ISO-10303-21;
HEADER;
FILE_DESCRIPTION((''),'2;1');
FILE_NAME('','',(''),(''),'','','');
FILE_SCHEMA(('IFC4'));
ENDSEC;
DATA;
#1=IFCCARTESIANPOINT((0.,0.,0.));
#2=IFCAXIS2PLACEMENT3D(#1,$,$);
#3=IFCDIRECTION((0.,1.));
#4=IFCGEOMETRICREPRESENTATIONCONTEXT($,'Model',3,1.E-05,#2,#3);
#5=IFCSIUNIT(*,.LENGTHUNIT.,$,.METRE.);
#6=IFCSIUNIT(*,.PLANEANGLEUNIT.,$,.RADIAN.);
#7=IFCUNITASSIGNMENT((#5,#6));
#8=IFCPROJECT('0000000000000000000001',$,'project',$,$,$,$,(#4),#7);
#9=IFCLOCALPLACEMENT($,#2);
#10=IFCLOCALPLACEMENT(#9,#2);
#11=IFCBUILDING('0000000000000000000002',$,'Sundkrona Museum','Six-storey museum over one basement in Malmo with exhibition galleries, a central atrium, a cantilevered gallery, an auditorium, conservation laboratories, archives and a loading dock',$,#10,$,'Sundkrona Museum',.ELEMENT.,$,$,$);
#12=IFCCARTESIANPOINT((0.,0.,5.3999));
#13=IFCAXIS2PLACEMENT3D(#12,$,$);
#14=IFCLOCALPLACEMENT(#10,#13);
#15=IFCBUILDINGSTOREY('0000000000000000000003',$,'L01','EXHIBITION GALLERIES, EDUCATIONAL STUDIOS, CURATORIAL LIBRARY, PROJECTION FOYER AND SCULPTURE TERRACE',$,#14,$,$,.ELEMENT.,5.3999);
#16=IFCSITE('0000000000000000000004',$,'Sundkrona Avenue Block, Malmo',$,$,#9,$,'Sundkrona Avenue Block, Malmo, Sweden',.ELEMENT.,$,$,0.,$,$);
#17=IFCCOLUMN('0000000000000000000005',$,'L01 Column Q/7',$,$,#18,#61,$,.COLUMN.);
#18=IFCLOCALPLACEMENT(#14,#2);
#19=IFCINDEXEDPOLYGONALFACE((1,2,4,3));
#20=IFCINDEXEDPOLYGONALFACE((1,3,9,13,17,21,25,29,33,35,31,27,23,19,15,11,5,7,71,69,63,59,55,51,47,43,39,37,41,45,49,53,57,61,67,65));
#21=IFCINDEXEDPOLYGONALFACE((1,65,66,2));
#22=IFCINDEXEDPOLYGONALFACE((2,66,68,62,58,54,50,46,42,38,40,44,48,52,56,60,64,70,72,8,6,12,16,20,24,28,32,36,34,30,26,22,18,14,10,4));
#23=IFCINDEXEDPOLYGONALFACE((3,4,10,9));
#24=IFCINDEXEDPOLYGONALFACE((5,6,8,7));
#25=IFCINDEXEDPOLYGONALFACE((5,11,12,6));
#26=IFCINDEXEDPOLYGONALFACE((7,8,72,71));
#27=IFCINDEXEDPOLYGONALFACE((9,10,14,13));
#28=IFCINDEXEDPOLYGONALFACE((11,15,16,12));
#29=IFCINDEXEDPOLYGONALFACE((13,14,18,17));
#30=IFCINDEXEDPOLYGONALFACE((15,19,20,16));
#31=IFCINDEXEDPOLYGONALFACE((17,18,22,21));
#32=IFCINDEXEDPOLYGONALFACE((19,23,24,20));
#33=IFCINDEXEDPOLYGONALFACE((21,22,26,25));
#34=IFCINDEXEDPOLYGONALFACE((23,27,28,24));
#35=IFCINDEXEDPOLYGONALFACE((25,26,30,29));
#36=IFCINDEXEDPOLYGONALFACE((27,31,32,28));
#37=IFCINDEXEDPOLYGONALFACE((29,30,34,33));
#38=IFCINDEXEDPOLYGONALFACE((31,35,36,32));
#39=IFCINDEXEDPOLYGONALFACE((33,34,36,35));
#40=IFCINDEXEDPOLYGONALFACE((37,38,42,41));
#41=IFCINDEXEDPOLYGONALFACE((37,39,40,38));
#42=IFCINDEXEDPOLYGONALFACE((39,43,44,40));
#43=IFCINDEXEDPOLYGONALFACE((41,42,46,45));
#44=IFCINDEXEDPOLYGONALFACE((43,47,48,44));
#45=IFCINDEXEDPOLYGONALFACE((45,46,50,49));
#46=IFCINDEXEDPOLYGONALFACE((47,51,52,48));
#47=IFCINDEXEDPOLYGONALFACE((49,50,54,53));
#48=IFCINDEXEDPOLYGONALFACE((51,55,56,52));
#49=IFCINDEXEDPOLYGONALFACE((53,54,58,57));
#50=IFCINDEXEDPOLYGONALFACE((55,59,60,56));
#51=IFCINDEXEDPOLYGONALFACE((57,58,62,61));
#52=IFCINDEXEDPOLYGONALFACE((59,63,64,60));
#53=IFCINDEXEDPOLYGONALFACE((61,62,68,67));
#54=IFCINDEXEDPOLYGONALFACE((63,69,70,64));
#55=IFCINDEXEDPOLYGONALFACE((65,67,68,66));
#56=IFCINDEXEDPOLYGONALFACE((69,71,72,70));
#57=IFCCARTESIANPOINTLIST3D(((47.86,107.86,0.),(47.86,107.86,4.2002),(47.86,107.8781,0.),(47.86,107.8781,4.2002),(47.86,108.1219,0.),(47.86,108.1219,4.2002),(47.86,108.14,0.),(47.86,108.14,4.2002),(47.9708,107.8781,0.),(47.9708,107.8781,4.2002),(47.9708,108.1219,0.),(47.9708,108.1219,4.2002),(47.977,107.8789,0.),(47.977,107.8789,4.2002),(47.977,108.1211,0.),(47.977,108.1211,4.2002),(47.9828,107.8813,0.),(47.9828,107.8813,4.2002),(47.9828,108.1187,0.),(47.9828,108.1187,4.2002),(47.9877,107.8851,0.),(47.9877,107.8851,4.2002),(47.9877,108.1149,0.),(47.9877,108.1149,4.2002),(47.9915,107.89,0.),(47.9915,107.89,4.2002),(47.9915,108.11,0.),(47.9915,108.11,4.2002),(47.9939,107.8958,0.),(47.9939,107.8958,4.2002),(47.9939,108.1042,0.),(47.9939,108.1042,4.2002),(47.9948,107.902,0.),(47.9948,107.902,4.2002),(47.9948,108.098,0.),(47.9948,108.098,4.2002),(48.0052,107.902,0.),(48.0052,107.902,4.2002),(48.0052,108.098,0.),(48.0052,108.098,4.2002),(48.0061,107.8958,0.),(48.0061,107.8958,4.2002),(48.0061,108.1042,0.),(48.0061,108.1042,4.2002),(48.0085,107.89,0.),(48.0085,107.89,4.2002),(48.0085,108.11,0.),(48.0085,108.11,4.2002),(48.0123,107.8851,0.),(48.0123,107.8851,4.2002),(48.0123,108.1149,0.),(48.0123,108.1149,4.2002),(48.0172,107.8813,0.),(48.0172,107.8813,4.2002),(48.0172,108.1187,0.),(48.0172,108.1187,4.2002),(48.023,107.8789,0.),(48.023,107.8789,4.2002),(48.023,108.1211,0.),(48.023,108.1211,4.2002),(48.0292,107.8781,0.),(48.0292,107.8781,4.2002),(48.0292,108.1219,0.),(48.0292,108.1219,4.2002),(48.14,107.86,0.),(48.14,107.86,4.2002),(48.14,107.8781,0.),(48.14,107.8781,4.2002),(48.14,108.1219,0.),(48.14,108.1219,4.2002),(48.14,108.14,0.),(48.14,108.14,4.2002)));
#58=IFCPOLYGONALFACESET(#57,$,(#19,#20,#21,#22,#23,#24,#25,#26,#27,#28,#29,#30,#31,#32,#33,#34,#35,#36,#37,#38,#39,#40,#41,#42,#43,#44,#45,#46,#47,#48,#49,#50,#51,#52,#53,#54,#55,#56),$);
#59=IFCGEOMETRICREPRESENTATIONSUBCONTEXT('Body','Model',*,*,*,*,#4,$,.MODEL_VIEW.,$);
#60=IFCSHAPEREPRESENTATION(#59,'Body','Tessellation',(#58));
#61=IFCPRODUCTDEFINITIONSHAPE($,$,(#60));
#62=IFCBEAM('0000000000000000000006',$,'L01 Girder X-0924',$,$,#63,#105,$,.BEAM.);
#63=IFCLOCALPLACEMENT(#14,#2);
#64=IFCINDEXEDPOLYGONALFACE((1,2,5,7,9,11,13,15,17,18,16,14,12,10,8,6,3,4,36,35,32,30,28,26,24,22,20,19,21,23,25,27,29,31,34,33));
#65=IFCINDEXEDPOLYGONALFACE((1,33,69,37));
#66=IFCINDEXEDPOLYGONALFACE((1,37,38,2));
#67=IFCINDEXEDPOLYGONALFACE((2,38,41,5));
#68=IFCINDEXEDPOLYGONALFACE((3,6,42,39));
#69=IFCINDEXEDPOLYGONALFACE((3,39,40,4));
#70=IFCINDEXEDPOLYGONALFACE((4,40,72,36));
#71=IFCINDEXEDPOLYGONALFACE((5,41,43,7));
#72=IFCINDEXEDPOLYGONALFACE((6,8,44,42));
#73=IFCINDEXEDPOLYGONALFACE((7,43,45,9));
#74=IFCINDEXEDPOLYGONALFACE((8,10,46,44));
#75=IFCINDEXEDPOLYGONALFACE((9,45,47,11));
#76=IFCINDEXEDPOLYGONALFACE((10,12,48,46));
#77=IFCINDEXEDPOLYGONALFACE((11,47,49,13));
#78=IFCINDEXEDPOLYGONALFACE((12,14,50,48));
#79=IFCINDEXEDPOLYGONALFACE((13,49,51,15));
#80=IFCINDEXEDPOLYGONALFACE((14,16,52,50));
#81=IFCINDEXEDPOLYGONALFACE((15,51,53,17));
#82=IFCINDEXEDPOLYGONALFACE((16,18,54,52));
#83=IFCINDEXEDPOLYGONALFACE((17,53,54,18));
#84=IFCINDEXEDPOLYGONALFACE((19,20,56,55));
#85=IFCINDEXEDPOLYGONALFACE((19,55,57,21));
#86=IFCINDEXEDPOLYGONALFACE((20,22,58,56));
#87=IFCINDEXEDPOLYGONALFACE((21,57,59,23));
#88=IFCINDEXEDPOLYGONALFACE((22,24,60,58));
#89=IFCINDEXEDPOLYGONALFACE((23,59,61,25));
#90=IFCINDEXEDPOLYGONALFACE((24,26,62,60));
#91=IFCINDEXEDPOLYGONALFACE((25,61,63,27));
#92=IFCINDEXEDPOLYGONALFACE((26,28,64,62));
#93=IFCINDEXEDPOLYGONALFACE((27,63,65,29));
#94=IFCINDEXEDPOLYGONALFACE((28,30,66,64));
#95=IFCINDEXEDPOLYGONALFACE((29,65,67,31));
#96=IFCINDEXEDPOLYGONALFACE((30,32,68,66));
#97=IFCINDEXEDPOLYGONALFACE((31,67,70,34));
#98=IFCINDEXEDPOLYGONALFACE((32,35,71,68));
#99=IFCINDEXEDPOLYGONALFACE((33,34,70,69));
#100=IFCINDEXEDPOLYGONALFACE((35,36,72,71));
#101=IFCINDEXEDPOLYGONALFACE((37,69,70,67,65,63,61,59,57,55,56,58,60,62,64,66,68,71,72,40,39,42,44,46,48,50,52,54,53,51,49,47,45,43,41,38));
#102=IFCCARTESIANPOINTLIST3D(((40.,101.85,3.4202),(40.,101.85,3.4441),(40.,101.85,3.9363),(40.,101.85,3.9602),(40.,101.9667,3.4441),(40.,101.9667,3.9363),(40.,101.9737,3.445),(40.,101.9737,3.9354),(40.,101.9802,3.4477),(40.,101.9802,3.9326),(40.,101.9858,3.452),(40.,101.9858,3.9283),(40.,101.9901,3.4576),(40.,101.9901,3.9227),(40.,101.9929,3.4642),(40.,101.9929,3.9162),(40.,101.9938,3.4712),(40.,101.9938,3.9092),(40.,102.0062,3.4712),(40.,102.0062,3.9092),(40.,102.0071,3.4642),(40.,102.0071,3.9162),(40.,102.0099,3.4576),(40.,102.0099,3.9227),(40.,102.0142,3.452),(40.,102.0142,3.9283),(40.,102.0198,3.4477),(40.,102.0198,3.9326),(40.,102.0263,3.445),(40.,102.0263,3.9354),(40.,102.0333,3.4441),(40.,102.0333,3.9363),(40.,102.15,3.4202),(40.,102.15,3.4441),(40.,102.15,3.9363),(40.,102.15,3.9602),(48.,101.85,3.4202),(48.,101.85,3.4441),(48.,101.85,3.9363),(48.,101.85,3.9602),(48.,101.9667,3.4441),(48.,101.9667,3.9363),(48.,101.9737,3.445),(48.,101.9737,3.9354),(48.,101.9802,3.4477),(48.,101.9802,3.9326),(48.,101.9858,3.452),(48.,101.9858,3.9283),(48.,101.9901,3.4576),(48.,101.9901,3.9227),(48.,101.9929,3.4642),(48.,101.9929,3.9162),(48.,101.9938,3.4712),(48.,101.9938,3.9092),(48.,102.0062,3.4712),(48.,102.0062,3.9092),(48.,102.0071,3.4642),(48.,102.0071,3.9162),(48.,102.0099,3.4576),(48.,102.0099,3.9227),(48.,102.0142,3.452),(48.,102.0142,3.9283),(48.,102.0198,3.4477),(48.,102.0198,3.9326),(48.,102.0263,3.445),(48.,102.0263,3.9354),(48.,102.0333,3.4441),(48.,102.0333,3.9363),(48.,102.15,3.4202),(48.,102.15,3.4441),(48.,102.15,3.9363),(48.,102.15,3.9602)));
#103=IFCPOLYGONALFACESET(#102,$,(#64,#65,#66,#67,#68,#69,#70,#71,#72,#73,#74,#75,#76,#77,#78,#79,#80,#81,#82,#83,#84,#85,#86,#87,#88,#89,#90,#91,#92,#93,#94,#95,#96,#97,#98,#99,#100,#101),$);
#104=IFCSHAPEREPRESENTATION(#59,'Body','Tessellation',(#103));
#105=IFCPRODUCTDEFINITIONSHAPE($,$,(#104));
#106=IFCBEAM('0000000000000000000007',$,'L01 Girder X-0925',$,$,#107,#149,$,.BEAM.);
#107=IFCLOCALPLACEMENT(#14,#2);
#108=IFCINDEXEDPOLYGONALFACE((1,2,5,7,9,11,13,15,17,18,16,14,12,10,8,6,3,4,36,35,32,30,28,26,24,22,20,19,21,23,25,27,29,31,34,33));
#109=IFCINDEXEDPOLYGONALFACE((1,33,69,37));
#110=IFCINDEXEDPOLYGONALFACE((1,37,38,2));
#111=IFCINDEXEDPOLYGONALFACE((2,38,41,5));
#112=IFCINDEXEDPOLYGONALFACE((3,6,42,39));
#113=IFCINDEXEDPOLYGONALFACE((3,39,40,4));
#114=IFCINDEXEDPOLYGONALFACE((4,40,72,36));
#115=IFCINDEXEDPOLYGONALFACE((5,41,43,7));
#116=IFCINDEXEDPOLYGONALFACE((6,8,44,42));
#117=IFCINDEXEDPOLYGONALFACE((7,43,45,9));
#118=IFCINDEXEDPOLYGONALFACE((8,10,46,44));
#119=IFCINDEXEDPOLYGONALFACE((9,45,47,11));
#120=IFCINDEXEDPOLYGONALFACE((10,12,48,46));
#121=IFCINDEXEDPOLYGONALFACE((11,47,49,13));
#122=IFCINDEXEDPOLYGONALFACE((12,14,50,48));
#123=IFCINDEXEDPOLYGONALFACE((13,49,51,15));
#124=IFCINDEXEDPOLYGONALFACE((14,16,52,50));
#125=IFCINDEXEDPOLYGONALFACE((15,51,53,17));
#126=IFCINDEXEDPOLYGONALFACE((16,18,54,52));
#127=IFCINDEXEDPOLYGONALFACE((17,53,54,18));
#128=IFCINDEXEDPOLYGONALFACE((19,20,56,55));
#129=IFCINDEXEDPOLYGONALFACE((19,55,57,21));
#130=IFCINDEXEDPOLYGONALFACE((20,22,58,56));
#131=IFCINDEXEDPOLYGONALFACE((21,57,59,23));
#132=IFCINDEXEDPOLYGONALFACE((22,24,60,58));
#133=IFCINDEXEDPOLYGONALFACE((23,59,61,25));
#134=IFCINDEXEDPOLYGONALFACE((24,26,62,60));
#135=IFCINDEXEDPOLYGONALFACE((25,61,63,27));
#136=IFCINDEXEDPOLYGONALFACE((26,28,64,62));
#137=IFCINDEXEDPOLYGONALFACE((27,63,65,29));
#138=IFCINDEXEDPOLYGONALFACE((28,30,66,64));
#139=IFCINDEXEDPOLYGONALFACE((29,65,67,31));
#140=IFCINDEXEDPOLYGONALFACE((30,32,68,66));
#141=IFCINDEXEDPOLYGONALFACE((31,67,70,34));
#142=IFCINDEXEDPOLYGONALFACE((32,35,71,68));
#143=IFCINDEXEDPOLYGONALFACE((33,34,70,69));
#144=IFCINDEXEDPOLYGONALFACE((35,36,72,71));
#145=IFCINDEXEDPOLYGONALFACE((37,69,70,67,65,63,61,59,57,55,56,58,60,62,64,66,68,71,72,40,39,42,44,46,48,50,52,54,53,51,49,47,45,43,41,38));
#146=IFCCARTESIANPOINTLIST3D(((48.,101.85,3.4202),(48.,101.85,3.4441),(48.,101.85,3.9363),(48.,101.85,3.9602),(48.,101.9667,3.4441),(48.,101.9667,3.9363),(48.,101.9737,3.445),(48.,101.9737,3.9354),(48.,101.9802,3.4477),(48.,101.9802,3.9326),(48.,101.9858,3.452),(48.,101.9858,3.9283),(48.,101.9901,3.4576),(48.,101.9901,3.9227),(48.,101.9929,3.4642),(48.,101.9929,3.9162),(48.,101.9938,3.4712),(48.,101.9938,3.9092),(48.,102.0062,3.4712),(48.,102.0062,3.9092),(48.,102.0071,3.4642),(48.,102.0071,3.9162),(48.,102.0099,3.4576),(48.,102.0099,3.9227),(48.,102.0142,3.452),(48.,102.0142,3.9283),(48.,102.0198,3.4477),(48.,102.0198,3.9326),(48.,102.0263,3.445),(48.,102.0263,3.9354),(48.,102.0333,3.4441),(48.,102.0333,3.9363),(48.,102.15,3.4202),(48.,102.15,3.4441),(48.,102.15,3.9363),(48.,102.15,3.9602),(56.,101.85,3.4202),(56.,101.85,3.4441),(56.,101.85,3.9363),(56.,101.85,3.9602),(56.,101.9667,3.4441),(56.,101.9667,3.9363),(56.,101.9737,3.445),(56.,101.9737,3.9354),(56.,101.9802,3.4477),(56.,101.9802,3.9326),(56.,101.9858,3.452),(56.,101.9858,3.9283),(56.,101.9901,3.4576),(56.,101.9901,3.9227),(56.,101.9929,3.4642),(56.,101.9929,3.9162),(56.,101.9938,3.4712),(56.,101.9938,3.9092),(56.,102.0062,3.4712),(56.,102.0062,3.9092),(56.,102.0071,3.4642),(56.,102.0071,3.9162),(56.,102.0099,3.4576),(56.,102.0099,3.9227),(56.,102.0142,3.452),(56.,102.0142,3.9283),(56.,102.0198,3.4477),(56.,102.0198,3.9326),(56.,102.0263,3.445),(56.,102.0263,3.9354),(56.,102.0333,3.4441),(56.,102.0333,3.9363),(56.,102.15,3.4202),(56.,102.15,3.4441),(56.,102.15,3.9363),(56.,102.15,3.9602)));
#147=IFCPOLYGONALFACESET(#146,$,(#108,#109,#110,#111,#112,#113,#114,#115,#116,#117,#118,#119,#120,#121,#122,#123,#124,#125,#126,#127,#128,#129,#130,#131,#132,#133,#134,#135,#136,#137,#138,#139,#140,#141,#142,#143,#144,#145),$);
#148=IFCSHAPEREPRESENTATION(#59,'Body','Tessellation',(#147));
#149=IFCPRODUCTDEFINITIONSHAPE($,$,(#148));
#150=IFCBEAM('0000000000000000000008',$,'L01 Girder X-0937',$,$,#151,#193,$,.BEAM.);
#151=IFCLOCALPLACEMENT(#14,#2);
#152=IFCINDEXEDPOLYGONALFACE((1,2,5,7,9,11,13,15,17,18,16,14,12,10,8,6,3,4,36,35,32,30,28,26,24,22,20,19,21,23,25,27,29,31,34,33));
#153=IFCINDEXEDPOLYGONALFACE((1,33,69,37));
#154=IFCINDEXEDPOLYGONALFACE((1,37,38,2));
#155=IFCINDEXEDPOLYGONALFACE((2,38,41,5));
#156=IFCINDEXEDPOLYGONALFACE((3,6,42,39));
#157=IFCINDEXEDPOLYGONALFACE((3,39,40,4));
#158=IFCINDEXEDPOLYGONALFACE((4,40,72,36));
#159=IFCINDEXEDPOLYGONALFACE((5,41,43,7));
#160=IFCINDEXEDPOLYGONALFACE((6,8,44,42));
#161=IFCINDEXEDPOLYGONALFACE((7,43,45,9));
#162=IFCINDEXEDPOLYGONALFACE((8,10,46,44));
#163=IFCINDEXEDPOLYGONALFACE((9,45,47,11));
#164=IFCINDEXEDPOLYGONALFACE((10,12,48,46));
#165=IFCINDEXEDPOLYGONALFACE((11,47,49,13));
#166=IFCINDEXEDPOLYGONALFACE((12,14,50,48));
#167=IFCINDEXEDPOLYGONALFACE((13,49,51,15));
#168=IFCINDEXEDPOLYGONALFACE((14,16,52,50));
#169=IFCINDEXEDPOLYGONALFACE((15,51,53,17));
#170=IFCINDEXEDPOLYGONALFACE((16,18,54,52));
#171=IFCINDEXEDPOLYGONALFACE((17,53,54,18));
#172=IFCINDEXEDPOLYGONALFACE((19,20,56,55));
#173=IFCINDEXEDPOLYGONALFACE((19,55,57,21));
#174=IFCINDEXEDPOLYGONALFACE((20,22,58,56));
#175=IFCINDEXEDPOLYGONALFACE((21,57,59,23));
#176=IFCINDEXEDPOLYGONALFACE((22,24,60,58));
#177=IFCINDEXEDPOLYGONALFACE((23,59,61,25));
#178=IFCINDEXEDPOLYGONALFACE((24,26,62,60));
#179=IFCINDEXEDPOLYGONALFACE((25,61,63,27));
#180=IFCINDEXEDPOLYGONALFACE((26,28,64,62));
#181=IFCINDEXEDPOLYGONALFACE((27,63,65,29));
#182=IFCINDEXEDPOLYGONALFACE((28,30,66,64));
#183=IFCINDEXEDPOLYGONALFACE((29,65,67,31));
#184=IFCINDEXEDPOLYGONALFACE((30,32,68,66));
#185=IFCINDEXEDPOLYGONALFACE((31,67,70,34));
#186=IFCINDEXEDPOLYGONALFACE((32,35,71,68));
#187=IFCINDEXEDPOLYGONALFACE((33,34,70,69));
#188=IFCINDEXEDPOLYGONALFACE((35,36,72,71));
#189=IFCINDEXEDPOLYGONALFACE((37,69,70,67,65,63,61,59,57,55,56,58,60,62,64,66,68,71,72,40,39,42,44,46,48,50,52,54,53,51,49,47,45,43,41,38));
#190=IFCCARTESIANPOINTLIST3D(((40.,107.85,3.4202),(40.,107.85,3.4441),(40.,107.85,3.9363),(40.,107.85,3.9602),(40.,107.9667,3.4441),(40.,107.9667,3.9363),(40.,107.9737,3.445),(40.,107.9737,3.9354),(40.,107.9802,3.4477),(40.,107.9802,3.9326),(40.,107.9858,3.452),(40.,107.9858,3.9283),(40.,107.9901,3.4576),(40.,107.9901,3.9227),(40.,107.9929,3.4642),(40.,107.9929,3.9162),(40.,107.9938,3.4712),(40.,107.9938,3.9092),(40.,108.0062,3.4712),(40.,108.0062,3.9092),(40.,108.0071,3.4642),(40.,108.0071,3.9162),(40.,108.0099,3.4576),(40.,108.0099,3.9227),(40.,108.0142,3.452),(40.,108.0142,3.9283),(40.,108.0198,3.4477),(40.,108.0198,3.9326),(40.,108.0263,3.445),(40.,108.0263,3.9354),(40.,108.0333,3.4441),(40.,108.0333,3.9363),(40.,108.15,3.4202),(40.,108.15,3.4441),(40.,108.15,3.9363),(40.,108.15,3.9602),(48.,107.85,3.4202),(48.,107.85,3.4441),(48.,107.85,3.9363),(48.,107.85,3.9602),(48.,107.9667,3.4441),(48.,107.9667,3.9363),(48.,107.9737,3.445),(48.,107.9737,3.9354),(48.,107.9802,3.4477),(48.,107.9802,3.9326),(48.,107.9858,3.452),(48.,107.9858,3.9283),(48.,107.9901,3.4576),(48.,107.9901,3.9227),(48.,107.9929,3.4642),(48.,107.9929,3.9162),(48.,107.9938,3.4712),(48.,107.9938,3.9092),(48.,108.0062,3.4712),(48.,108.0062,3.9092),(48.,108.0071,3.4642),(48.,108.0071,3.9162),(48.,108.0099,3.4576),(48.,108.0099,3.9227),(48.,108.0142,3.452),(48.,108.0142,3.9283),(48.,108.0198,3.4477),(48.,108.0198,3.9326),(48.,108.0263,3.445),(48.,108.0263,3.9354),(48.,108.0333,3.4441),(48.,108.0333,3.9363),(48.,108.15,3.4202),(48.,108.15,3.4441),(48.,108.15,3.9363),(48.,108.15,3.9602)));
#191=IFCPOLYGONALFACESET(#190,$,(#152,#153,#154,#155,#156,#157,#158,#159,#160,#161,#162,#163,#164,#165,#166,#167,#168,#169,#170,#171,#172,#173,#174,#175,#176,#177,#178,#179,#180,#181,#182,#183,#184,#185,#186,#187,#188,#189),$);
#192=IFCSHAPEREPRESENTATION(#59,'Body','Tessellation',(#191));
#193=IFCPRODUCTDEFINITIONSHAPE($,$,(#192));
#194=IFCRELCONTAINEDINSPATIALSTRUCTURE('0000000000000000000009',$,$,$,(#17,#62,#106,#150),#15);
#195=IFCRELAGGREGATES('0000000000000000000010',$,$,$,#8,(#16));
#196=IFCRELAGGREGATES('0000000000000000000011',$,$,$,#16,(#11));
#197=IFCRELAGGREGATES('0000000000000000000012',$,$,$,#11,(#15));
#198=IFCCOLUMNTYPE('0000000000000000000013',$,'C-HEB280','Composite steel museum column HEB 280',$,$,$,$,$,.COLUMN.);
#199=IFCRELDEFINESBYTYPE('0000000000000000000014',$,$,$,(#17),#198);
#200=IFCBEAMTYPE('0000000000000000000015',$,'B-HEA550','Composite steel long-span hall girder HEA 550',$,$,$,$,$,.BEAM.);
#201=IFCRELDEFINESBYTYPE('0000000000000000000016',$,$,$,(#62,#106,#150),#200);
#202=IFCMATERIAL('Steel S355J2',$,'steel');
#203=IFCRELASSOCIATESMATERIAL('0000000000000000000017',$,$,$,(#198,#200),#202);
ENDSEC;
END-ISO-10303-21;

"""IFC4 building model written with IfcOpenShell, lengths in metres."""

from ifc_helpers import new_model, si_unit, direction, frame, origin, origin_2d, place, context, subcontext, project, spatial, i_section, extrude, material, material_profile, profile_set, type_object, element, save


model = new_model("IFC4")

# Units and contexts
model_context = context("Model", 3, precision=1e-05, world=origin(), true_north=direction((0.0, 1.0)))
body_context = subcontext(model_context, "Body", "Model", "MODEL_VIEW")
ifc_project = project(units=[si_unit("LENGTHUNIT", "METRE"), si_unit("PLANEANGLEUNIT", "RADIAN")], contexts=[model_context])

# Site, building, storey
site_placement = place(None, origin())
site = spatial("IfcSite", under=ifc_project, at=site_placement, Name="Sundkrona Avenue Block, Malmo", LongName="Sundkrona Avenue Block, Malmo, Sweden", CompositionType="ELEMENT", RefElevation=0.0)
building_placement = place(site_placement, origin())
building = spatial("IfcBuilding", under=site, at=building_placement, Name="Sundkrona Museum", Description="Six-storey museum over one basement in Malmo with exhibition galleries, a central atrium, a cantilevered gallery, an auditorium, conservation laboratories, archives and a loading dock", LongName="Sundkrona Museum", CompositionType="ELEMENT")
storey_placement = place(building_placement, frame((0.0, 0.0, 5.3999)))
storey = spatial("IfcBuildingStorey", under=building, at=storey_placement, Name="L01", Description="EXHIBITION GALLERIES, EDUCATIONAL STUDIOS, CURATORIAL LIBRARY, PROJECTION FOYER AND SCULPTURE TERRACE", CompositionType="ELEMENT", Elevation=5.3999)

# Column
ifc_material_1 = material(Name="Steel S355J2", Category="steel")
ifc_material_profile_1 = material_profile(ifc_material_1, i_section(OverallWidth=0.28, OverallDepth=0.28, WebThickness=0.0105, FlangeThickness=0.0181, FilletRadius=0.0239, at=origin_2d()), Name="HEB 280")
ifc_profile_set_1 = profile_set([ifc_material_profile_1], Name="Steel S355J2")
column_type = type_object("IfcColumnType", Name="C-HEB280", Description="Composite steel museum column HEB 280", PredefinedType="COLUMN", material=ifc_profile_set_1)
for number, where, z_axis, x_axis, name in (
    (1, (48.0, 108.0, 0.0), (0.0, 0.0, 1.0), (1.0, 0.0, 0.0), "L01 Column Q/7"),
):
    element("IfcColumn", number, at=place(storey_placement, frame(where, z_axis=z_axis, x_axis=x_axis)), inside=storey, type_object=column_type, Name=name, PredefinedType="COLUMN", context=body_context, shape_type="SweptSolid", body=[
        extrude(i_section(OverallWidth=0.28, OverallDepth=0.28, WebThickness=0.0105, FlangeThickness=0.0181, FilletRadius=0.0239, at=origin_2d()), origin(), (0.0, 0.0, 1.0), 4.2002),
    ])

# Beams
ifc_material_profile_2 = material_profile(ifc_material_1, i_section(OverallWidth=0.3, OverallDepth=0.54, WebThickness=0.0125, FlangeThickness=0.0239, FilletRadius=0.0271, at=origin_2d()), Name="HEA 550")
ifc_profile_set_2 = profile_set([ifc_material_profile_2], Name="Steel S355J2")
beam_type_1 = type_object("IfcBeamType", Name="B-HEA550", Description="Composite steel long-span hall girder HEA 550", PredefinedType="BEAM", material=ifc_profile_set_2)
for number, where, z_axis, x_axis, name in (
    (2, (40.0, 102.0, 3.6902), (1.0, 0.0, 0.0), (0.0, 1.0, 0.0), "L01 Girder X-0924"),
    (3, (48.0, 102.0, 3.6902), (1.0, 0.0, 0.0), (0.0, 1.0, 0.0), "L01 Girder X-0925"),
    (4, (40.0, 108.0, 3.6902), (1.0, 0.0, 0.0), (0.0, 1.0, 0.0), "L01 Girder X-0937"),
):
    element("IfcBeam", number, at=place(storey_placement, frame(where, z_axis=z_axis, x_axis=x_axis)), inside=storey, type_object=beam_type_1, Name=name, PredefinedType="BEAM", context=body_context, shape_type="SweptSolid", body=[
        extrude(i_section(OverallWidth=0.3, OverallDepth=0.54, WebThickness=0.0125, FlangeThickness=0.0239, FilletRadius=0.0271, at=origin_2d()), origin(), (0.0, 0.0, 1.0), 8.0),
    ])

save(model, "model.ifc")
